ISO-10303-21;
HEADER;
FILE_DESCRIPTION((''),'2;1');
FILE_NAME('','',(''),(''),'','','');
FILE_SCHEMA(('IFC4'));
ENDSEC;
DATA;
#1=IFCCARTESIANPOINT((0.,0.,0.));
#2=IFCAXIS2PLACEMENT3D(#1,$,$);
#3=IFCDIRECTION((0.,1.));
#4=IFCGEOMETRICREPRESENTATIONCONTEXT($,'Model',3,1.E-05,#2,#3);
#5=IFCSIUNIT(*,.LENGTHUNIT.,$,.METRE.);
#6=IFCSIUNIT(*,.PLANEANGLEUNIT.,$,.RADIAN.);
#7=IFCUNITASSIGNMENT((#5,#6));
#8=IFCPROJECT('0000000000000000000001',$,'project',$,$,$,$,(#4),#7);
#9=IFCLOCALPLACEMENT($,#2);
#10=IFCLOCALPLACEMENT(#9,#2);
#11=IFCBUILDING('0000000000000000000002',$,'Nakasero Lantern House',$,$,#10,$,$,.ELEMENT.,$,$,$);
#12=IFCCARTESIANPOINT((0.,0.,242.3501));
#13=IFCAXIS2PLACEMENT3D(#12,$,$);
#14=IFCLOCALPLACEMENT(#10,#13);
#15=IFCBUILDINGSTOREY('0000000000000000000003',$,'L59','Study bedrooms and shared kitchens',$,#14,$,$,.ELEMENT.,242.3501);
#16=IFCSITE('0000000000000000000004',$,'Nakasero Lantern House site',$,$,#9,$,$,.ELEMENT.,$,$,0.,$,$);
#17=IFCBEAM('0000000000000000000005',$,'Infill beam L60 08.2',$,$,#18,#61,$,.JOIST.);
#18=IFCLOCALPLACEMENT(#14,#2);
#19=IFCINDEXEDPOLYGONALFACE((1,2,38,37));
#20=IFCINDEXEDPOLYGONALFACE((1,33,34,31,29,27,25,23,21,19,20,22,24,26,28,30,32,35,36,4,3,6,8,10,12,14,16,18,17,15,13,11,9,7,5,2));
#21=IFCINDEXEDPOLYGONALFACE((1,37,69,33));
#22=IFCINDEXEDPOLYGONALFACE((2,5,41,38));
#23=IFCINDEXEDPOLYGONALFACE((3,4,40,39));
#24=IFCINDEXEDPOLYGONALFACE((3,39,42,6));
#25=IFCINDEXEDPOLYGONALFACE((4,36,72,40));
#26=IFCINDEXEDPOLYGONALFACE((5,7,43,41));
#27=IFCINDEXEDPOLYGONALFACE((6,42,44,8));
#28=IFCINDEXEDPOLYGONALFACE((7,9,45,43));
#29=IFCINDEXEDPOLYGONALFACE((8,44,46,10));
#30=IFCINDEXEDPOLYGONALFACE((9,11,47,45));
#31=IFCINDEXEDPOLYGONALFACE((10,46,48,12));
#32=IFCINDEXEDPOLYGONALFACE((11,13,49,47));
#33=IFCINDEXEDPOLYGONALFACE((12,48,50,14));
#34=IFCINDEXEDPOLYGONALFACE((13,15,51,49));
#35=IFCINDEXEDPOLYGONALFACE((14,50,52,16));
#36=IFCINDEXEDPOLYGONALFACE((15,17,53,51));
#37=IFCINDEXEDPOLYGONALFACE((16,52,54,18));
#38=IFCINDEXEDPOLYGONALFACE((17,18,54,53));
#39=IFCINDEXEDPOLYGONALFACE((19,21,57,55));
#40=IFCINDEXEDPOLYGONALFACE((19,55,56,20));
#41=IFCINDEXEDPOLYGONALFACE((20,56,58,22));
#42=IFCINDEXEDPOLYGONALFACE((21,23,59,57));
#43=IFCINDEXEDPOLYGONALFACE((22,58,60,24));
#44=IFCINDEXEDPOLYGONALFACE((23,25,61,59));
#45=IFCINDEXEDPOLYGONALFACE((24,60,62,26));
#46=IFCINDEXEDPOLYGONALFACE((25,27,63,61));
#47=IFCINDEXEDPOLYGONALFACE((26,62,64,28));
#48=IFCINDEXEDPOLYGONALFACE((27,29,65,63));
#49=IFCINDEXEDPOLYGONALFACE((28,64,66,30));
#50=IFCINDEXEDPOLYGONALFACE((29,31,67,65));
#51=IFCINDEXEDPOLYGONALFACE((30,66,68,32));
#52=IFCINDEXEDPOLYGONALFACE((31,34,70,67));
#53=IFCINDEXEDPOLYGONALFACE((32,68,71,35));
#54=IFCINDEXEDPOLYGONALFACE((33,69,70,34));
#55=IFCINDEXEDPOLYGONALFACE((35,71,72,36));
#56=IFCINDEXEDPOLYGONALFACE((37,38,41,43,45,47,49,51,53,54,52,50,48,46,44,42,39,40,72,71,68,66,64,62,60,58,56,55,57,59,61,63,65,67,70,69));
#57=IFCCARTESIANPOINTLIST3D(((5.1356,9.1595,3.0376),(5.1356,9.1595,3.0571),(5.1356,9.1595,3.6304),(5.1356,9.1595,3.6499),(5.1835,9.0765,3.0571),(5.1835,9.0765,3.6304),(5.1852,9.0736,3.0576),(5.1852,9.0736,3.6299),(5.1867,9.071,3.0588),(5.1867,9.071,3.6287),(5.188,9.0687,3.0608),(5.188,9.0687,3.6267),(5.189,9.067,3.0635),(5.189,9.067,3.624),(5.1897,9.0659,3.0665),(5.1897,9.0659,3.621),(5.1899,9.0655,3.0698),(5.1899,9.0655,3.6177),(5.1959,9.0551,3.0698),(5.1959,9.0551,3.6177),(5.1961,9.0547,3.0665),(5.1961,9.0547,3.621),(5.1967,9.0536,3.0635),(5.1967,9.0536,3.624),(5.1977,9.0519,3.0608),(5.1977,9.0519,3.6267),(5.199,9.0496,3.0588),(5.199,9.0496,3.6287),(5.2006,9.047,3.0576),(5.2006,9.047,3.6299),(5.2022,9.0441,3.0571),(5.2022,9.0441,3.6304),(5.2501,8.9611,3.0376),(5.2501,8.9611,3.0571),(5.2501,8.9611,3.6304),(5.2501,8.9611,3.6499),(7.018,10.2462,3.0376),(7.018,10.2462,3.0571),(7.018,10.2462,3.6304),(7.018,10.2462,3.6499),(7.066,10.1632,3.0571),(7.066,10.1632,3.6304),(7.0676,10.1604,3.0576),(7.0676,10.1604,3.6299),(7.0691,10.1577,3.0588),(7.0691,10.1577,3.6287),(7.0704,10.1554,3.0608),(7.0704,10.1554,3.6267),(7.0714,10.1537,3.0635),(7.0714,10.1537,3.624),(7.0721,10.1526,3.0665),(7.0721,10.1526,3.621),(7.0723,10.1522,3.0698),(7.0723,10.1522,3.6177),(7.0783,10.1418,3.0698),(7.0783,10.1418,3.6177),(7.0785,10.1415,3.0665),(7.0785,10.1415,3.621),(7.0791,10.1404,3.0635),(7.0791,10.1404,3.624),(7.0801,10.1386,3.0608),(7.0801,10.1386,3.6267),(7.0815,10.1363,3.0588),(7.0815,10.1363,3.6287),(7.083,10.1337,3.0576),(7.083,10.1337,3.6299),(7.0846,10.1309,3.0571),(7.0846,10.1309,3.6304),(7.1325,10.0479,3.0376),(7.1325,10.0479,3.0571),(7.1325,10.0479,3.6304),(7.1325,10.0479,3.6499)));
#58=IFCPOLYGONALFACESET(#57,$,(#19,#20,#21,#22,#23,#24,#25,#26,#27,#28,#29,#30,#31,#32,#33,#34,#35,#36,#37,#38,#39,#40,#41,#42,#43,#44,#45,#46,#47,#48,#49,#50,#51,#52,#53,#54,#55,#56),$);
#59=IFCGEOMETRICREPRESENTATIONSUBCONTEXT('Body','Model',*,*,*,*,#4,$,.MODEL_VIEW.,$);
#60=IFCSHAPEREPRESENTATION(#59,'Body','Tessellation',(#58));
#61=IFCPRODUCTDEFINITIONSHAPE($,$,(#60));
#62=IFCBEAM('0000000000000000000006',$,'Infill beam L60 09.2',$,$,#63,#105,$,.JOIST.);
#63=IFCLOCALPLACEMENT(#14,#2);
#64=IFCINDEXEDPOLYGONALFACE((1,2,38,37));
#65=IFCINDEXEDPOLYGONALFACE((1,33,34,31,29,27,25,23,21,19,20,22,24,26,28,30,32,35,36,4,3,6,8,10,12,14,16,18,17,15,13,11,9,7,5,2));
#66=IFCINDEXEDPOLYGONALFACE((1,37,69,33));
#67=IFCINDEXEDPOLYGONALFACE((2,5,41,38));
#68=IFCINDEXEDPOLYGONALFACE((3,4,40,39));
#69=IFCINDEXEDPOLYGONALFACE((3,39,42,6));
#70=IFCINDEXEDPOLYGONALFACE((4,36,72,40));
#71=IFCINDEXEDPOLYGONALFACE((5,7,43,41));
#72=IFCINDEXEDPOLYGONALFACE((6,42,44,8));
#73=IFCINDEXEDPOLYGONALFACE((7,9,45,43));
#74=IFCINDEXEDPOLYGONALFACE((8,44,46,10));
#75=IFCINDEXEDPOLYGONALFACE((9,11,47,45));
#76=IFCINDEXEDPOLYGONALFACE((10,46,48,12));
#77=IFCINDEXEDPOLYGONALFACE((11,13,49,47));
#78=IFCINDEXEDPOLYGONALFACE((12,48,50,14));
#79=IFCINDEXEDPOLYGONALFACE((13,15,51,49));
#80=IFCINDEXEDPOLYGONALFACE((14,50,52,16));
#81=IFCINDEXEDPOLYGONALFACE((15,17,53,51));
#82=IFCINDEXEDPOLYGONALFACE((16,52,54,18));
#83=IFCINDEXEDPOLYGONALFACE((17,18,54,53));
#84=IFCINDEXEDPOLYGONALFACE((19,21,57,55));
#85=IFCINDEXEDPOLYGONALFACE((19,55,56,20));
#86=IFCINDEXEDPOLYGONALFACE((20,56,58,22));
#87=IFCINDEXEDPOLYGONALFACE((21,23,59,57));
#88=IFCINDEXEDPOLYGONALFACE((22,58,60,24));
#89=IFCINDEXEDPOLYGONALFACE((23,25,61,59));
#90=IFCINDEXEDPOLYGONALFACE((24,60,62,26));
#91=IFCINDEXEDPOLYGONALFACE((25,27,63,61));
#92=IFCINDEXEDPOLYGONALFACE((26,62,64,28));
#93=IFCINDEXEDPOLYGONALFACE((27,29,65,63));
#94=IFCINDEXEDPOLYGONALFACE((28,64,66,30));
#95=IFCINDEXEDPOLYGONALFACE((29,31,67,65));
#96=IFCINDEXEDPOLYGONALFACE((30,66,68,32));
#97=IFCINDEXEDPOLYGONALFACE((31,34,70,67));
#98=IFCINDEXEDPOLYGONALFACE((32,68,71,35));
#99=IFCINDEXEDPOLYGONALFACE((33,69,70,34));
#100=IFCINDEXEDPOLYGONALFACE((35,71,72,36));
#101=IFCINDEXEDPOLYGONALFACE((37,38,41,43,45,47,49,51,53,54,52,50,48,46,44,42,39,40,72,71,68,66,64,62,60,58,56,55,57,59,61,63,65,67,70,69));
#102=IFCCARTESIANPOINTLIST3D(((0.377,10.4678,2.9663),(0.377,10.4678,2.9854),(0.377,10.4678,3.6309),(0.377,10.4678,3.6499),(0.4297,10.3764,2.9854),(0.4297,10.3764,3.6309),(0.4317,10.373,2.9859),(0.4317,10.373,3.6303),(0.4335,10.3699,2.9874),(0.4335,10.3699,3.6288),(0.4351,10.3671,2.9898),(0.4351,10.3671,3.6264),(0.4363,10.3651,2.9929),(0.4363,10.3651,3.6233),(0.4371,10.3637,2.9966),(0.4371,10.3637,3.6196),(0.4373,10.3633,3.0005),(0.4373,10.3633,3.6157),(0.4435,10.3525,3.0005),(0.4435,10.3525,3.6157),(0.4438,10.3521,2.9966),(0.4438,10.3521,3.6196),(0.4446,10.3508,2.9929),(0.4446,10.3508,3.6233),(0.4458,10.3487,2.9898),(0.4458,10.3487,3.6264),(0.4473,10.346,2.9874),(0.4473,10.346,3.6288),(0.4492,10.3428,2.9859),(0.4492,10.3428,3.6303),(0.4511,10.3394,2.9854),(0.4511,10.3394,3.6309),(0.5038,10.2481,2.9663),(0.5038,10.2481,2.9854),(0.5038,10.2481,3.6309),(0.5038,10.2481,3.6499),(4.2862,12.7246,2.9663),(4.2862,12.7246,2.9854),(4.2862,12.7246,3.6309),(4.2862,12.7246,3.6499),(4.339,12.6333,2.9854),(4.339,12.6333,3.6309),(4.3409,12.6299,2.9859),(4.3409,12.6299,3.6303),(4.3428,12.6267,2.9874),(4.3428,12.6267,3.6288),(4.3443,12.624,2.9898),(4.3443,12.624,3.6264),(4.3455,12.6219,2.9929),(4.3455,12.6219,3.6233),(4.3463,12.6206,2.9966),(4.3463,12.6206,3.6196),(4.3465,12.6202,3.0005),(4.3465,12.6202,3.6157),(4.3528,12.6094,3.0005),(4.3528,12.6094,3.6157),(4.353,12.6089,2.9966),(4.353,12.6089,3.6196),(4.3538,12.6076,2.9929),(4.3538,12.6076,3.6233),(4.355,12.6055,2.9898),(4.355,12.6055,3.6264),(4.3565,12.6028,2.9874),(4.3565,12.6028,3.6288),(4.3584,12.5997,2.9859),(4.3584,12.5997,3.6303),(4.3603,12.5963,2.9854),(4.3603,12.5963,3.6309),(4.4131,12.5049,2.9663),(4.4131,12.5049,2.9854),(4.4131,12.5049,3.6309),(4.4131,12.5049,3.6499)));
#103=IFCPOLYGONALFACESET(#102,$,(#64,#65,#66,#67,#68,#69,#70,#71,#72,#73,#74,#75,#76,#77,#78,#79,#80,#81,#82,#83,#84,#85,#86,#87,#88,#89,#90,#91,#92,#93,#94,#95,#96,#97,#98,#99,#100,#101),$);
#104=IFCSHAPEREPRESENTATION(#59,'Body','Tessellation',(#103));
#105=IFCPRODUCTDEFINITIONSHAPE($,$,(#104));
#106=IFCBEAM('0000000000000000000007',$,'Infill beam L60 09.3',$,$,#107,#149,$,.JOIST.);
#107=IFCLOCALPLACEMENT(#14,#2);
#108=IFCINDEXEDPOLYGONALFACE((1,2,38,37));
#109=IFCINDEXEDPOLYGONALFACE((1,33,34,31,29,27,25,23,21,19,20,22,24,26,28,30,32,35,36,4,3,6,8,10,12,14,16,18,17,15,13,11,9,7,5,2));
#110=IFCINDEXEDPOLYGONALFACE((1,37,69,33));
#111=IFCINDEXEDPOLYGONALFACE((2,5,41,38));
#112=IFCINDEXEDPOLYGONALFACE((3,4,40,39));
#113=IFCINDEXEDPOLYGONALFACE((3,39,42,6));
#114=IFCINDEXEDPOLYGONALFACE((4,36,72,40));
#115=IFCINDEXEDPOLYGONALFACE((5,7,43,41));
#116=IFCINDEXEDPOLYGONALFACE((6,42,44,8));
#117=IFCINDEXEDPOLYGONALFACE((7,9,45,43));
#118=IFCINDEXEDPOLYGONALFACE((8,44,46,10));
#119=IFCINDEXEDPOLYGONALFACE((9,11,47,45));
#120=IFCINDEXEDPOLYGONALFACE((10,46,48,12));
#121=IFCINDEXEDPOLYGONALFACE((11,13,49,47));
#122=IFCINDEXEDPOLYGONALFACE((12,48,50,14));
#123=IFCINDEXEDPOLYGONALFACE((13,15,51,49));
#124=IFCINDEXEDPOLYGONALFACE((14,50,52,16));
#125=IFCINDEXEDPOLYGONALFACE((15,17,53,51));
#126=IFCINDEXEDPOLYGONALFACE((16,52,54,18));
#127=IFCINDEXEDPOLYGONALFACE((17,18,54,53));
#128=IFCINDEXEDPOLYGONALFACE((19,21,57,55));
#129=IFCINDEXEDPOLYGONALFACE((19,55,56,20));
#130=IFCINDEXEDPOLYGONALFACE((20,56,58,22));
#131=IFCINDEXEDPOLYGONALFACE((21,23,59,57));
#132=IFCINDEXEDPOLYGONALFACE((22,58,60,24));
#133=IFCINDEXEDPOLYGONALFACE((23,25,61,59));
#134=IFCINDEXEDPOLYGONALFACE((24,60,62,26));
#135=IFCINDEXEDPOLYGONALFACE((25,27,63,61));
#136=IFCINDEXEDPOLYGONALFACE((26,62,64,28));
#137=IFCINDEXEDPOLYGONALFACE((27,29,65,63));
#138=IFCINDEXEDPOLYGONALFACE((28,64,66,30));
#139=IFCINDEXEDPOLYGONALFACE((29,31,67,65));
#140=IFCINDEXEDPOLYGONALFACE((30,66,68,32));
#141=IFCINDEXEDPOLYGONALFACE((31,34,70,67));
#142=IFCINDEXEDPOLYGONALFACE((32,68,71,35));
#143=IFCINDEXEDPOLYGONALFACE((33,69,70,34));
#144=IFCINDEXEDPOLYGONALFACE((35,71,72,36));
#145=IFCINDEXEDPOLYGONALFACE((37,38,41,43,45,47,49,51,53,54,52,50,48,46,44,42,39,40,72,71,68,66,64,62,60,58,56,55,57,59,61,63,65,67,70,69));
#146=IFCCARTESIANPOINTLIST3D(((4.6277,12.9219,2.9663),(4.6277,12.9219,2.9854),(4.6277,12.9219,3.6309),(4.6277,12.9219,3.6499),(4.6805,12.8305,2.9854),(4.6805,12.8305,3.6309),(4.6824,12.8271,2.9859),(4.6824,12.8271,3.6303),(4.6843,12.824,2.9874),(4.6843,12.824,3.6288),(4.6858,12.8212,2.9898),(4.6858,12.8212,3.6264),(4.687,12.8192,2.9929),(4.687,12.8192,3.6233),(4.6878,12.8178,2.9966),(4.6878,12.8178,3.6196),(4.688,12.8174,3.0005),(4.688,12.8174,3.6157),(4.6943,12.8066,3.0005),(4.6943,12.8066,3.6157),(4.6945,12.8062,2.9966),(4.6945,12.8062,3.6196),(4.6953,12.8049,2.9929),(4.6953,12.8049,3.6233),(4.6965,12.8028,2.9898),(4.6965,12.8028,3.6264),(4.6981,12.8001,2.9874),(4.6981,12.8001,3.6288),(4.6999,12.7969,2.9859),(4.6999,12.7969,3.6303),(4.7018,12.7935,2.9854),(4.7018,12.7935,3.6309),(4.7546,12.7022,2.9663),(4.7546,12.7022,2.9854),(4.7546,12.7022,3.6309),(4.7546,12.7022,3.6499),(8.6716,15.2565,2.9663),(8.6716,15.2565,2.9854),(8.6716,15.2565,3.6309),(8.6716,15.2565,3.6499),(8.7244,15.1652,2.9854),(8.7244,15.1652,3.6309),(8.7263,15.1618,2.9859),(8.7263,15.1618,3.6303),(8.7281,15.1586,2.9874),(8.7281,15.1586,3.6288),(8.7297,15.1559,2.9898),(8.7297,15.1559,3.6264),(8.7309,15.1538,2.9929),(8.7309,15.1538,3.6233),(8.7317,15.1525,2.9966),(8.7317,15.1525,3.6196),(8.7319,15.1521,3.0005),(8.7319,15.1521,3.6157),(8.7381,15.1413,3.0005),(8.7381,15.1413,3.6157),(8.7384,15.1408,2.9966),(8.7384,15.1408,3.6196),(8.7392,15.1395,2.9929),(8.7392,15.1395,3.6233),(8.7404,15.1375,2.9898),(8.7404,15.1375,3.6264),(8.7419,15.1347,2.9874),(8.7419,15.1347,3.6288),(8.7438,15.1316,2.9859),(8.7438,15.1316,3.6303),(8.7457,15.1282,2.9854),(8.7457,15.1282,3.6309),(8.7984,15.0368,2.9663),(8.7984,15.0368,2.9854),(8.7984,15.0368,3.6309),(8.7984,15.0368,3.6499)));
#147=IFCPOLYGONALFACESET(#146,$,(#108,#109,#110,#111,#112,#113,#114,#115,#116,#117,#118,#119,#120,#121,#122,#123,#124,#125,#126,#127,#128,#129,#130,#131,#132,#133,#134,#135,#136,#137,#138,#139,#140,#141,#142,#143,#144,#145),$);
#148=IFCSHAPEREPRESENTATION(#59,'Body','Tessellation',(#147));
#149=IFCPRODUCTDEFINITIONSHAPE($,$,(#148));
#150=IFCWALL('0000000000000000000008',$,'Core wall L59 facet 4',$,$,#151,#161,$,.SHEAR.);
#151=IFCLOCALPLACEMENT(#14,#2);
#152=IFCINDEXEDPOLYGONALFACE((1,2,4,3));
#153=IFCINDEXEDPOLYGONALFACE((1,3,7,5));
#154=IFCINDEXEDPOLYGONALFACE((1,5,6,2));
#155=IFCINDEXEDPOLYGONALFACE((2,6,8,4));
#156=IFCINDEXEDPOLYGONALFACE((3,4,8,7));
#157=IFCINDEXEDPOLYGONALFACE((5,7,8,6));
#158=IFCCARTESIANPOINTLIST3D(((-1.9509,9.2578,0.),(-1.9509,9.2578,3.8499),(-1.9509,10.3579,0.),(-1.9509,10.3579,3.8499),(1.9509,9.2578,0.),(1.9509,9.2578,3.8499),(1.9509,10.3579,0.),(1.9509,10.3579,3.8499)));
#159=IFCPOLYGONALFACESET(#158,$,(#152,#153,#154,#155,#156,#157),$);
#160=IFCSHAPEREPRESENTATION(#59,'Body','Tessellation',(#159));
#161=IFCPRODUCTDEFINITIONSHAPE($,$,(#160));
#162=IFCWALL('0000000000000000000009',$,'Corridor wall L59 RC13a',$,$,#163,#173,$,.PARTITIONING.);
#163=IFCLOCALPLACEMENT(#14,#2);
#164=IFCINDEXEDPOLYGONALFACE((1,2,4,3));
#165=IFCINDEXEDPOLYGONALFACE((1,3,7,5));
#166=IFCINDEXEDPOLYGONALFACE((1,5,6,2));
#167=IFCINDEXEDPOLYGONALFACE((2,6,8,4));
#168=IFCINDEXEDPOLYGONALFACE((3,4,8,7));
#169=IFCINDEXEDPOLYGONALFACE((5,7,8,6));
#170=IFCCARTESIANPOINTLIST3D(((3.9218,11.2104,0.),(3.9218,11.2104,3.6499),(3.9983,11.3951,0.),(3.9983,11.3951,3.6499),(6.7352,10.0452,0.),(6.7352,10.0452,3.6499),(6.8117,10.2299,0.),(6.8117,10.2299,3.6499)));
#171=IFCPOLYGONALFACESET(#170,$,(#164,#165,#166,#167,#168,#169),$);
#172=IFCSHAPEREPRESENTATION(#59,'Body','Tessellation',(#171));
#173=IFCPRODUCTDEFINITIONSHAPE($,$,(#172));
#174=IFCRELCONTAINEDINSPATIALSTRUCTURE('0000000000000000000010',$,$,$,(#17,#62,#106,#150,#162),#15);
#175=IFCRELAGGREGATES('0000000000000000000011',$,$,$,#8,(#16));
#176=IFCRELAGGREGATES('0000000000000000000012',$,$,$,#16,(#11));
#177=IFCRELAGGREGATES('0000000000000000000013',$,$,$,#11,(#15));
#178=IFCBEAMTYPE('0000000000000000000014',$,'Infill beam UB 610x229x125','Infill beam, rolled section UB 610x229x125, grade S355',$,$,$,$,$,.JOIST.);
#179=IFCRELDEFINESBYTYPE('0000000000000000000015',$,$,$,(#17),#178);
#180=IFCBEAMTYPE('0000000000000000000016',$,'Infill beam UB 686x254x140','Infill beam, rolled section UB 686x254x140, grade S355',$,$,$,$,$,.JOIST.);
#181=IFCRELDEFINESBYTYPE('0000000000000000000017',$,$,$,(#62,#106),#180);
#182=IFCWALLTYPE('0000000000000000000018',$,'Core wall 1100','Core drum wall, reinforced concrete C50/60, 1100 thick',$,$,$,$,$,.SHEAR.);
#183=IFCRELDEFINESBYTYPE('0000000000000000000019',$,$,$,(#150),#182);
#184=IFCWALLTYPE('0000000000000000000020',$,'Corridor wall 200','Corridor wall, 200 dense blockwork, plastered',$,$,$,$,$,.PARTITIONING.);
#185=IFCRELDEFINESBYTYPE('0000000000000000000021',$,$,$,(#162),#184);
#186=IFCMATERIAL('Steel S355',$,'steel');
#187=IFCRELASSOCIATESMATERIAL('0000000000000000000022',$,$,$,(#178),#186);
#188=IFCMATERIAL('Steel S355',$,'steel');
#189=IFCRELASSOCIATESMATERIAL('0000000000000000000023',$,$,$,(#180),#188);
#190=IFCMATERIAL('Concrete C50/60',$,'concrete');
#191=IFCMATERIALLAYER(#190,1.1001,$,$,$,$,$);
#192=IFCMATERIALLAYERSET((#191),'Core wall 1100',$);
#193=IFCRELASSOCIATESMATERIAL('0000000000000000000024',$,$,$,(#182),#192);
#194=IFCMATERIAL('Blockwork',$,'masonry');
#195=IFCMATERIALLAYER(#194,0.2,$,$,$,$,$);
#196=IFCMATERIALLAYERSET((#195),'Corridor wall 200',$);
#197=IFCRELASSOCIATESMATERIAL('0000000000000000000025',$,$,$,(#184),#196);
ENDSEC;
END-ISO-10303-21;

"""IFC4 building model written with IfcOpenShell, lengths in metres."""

from ifc_helpers import new_model, si_unit, direction, frame, frame_2d, origin, origin_2d, place, context, subcontext, project, spatial, rectangle, i_section, extrude, material, layer, layer_set, material_profile, profile_set, type_object, element, save


model = new_model("IFC4")

# Units and contexts
model_context = context("Model", 3, precision=1e-05, world=origin(), true_north=direction((0.0, 1.0)))
body_context = subcontext(model_context, "Body", "Model", "MODEL_VIEW")
ifc_project = project(units=[si_unit("LENGTHUNIT", "METRE"), si_unit("PLANEANGLEUNIT", "RADIAN")], contexts=[model_context])

# Site, building, storey
site_placement = place(None, origin())
site = spatial("IfcSite", under=ifc_project, at=site_placement, Name="Nakasero Lantern House site", CompositionType="ELEMENT", RefElevation=0.0)
building_placement = place(site_placement, origin())
building = spatial("IfcBuilding", under=site, at=building_placement, Name="Nakasero Lantern House", CompositionType="ELEMENT")
storey_placement = place(building_placement, frame((0.0, 0.0, 242.3501)))
storey = spatial("IfcBuildingStorey", under=building, at=storey_placement, Name="L59", Description="Study bedrooms and shared kitchens", CompositionType="ELEMENT", Elevation=242.3501)

# Beams
ifc_material_1 = material(Name="Steel S355", Category="steel")
ifc_material_profile_1 = material_profile(ifc_material_1, i_section(OverallWidth=0.229, OverallDepth=0.6123, WebThickness=0.012, FlangeThickness=0.0195, FilletRadius=0.0127, at=origin_2d()), Name="UB 610x229x125")
ifc_profile_set_1 = profile_set([ifc_material_profile_1], Name="Steel S355")
beam_type_1 = type_object("IfcBeamType", Name="Infill beam UB 610x229x125", Description="Infill beam, rolled section UB 610x229x125, grade S355", PredefinedType="JOIST", material=ifc_profile_set_1)
beam_1_placement = place(storey_placement, frame((5.1929, 9.0603, 3.3438), z_axis=(0.866043, 0.499969, 0.0), x_axis=(-0.499969, 0.866043, 0.0)))
element("IfcBeam", 1, at=beam_1_placement, inside=storey, type_object=beam_type_1, Name="Infill beam L60 08.2", PredefinedType="JOIST", context=body_context, shape_type="SweptSolid", body=[
    extrude(i_section(OverallWidth=0.229, OverallDepth=0.6123, WebThickness=0.012, FlangeThickness=0.0195, FilletRadius=0.0127, at=origin_2d()), origin(), (0.0, 0.0, 1.0), 2.1736),
])
ifc_material_2 = material(Name="Steel S355", Category="steel")
ifc_material_profile_2 = material_profile(ifc_material_2, i_section(OverallWidth=0.2537, OverallDepth=0.6836, WebThickness=0.0125, FlangeThickness=0.019, FilletRadius=0.0151, at=origin_2d()), Name="UB 686x254x140")
ifc_profile_set_2 = profile_set([ifc_material_profile_2], Name="Steel S355")
beam_type_2 = type_object("IfcBeamType", Name="Infill beam UB 686x254x140", Description="Infill beam, rolled section UB 686x254x140, grade S355", PredefinedType="JOIST", material=ifc_profile_set_2)
beam_2_placement = place(storey_placement, frame((0.4404, 10.3579, 3.3081), z_axis=(0.866038, 0.499978, 0.0), x_axis=(-0.499978, 0.866038, 0.0)))
element("IfcBeam", 2, at=beam_2_placement, inside=storey, type_object=beam_type_2, Name="Infill beam L60 09.2", PredefinedType="JOIST", context=body_context, shape_type="SweptSolid", body=[
    extrude(i_section(OverallWidth=0.2537, OverallDepth=0.6836, WebThickness=0.0125, FlangeThickness=0.019, FilletRadius=0.0151, at=origin_2d()), origin(), (0.0, 0.0, 1.0), 4.5139),
])
beam_3_placement = place(storey_placement, frame((4.6912, 12.812, 3.3081), z_axis=(0.866031, 0.499991, 0.0), x_axis=(-0.499991, 0.866031, 0.0)))
element("IfcBeam", 3, at=beam_3_placement, inside=storey, type_object=beam_type_2, Name="Infill beam L60 09.3", PredefinedType="JOIST", context=body_context, shape_type="SweptSolid", body=[
    extrude(i_section(OverallWidth=0.2537, OverallDepth=0.6836, WebThickness=0.0125, FlangeThickness=0.019, FilletRadius=0.0151, at=origin_2d()), origin(), (0.0, 0.0, 1.0), 4.6694),
])

# Walls
ifc_material_3 = material(Name="Concrete C50/60", Category="concrete")
ifc_layer_1 = layer(ifc_material_3, 1.1001)
ifc_layer_set_1 = layer_set([ifc_layer_1], Name="Core wall 1100")
wall_type_1 = type_object("IfcWallType", Name="Core wall 1100", Description="Core drum wall, reinforced concrete C50/60, 1100 thick", PredefinedType="SHEAR", material=ifc_layer_set_1)
wall_1_placement = place(storey_placement, frame((1.9509, 9.8079, 0.0), z_axis=(0.0, 0.0, 1.0), x_axis=(-1.0, 0.0, 0.0)))
element("IfcWall", 4, at=wall_1_placement, inside=storey, type_object=wall_type_1, Name="Core wall L59 facet 4", PredefinedType="SHEAR", context=body_context, shape_type="SweptSolid", body=[
    extrude(rectangle(XDim=3.9019, YDim=1.1001, at=frame_2d((1.9509, 0.0))), origin(), (0.0, 0.0, 1.0), 3.8499),
])
ifc_material_4 = material(Name="Blockwork", Category="masonry")
ifc_layer_2 = layer(ifc_material_4, 0.2)
ifc_layer_set_2 = layer_set([ifc_layer_2], Name="Corridor wall 200")
wall_type_2 = type_object("IfcWallType", Name="Corridor wall 200", Description="Corridor wall, 200 dense blockwork, plastered", PredefinedType="PARTITIONING", material=ifc_layer_set_2)
wall_2_placement = place(storey_placement, frame((3.9602, 11.3027, 0.0), z_axis=(0.0, 0.0, 1.0), x_axis=(0.923891, -0.382656, 0.0)))
element("IfcWall", 5, at=wall_2_placement, inside=storey, type_object=wall_type_2, Name="Corridor wall L59 RC13a", PredefinedType="PARTITIONING", context=body_context, shape_type="SweptSolid", body=[
    extrude(rectangle(XDim=3.0452, YDim=0.2, at=frame_2d((1.5225, 0.0))), origin(), (0.0, 0.0, 1.0), 3.6499),
])

save(model, "model.ifc")
